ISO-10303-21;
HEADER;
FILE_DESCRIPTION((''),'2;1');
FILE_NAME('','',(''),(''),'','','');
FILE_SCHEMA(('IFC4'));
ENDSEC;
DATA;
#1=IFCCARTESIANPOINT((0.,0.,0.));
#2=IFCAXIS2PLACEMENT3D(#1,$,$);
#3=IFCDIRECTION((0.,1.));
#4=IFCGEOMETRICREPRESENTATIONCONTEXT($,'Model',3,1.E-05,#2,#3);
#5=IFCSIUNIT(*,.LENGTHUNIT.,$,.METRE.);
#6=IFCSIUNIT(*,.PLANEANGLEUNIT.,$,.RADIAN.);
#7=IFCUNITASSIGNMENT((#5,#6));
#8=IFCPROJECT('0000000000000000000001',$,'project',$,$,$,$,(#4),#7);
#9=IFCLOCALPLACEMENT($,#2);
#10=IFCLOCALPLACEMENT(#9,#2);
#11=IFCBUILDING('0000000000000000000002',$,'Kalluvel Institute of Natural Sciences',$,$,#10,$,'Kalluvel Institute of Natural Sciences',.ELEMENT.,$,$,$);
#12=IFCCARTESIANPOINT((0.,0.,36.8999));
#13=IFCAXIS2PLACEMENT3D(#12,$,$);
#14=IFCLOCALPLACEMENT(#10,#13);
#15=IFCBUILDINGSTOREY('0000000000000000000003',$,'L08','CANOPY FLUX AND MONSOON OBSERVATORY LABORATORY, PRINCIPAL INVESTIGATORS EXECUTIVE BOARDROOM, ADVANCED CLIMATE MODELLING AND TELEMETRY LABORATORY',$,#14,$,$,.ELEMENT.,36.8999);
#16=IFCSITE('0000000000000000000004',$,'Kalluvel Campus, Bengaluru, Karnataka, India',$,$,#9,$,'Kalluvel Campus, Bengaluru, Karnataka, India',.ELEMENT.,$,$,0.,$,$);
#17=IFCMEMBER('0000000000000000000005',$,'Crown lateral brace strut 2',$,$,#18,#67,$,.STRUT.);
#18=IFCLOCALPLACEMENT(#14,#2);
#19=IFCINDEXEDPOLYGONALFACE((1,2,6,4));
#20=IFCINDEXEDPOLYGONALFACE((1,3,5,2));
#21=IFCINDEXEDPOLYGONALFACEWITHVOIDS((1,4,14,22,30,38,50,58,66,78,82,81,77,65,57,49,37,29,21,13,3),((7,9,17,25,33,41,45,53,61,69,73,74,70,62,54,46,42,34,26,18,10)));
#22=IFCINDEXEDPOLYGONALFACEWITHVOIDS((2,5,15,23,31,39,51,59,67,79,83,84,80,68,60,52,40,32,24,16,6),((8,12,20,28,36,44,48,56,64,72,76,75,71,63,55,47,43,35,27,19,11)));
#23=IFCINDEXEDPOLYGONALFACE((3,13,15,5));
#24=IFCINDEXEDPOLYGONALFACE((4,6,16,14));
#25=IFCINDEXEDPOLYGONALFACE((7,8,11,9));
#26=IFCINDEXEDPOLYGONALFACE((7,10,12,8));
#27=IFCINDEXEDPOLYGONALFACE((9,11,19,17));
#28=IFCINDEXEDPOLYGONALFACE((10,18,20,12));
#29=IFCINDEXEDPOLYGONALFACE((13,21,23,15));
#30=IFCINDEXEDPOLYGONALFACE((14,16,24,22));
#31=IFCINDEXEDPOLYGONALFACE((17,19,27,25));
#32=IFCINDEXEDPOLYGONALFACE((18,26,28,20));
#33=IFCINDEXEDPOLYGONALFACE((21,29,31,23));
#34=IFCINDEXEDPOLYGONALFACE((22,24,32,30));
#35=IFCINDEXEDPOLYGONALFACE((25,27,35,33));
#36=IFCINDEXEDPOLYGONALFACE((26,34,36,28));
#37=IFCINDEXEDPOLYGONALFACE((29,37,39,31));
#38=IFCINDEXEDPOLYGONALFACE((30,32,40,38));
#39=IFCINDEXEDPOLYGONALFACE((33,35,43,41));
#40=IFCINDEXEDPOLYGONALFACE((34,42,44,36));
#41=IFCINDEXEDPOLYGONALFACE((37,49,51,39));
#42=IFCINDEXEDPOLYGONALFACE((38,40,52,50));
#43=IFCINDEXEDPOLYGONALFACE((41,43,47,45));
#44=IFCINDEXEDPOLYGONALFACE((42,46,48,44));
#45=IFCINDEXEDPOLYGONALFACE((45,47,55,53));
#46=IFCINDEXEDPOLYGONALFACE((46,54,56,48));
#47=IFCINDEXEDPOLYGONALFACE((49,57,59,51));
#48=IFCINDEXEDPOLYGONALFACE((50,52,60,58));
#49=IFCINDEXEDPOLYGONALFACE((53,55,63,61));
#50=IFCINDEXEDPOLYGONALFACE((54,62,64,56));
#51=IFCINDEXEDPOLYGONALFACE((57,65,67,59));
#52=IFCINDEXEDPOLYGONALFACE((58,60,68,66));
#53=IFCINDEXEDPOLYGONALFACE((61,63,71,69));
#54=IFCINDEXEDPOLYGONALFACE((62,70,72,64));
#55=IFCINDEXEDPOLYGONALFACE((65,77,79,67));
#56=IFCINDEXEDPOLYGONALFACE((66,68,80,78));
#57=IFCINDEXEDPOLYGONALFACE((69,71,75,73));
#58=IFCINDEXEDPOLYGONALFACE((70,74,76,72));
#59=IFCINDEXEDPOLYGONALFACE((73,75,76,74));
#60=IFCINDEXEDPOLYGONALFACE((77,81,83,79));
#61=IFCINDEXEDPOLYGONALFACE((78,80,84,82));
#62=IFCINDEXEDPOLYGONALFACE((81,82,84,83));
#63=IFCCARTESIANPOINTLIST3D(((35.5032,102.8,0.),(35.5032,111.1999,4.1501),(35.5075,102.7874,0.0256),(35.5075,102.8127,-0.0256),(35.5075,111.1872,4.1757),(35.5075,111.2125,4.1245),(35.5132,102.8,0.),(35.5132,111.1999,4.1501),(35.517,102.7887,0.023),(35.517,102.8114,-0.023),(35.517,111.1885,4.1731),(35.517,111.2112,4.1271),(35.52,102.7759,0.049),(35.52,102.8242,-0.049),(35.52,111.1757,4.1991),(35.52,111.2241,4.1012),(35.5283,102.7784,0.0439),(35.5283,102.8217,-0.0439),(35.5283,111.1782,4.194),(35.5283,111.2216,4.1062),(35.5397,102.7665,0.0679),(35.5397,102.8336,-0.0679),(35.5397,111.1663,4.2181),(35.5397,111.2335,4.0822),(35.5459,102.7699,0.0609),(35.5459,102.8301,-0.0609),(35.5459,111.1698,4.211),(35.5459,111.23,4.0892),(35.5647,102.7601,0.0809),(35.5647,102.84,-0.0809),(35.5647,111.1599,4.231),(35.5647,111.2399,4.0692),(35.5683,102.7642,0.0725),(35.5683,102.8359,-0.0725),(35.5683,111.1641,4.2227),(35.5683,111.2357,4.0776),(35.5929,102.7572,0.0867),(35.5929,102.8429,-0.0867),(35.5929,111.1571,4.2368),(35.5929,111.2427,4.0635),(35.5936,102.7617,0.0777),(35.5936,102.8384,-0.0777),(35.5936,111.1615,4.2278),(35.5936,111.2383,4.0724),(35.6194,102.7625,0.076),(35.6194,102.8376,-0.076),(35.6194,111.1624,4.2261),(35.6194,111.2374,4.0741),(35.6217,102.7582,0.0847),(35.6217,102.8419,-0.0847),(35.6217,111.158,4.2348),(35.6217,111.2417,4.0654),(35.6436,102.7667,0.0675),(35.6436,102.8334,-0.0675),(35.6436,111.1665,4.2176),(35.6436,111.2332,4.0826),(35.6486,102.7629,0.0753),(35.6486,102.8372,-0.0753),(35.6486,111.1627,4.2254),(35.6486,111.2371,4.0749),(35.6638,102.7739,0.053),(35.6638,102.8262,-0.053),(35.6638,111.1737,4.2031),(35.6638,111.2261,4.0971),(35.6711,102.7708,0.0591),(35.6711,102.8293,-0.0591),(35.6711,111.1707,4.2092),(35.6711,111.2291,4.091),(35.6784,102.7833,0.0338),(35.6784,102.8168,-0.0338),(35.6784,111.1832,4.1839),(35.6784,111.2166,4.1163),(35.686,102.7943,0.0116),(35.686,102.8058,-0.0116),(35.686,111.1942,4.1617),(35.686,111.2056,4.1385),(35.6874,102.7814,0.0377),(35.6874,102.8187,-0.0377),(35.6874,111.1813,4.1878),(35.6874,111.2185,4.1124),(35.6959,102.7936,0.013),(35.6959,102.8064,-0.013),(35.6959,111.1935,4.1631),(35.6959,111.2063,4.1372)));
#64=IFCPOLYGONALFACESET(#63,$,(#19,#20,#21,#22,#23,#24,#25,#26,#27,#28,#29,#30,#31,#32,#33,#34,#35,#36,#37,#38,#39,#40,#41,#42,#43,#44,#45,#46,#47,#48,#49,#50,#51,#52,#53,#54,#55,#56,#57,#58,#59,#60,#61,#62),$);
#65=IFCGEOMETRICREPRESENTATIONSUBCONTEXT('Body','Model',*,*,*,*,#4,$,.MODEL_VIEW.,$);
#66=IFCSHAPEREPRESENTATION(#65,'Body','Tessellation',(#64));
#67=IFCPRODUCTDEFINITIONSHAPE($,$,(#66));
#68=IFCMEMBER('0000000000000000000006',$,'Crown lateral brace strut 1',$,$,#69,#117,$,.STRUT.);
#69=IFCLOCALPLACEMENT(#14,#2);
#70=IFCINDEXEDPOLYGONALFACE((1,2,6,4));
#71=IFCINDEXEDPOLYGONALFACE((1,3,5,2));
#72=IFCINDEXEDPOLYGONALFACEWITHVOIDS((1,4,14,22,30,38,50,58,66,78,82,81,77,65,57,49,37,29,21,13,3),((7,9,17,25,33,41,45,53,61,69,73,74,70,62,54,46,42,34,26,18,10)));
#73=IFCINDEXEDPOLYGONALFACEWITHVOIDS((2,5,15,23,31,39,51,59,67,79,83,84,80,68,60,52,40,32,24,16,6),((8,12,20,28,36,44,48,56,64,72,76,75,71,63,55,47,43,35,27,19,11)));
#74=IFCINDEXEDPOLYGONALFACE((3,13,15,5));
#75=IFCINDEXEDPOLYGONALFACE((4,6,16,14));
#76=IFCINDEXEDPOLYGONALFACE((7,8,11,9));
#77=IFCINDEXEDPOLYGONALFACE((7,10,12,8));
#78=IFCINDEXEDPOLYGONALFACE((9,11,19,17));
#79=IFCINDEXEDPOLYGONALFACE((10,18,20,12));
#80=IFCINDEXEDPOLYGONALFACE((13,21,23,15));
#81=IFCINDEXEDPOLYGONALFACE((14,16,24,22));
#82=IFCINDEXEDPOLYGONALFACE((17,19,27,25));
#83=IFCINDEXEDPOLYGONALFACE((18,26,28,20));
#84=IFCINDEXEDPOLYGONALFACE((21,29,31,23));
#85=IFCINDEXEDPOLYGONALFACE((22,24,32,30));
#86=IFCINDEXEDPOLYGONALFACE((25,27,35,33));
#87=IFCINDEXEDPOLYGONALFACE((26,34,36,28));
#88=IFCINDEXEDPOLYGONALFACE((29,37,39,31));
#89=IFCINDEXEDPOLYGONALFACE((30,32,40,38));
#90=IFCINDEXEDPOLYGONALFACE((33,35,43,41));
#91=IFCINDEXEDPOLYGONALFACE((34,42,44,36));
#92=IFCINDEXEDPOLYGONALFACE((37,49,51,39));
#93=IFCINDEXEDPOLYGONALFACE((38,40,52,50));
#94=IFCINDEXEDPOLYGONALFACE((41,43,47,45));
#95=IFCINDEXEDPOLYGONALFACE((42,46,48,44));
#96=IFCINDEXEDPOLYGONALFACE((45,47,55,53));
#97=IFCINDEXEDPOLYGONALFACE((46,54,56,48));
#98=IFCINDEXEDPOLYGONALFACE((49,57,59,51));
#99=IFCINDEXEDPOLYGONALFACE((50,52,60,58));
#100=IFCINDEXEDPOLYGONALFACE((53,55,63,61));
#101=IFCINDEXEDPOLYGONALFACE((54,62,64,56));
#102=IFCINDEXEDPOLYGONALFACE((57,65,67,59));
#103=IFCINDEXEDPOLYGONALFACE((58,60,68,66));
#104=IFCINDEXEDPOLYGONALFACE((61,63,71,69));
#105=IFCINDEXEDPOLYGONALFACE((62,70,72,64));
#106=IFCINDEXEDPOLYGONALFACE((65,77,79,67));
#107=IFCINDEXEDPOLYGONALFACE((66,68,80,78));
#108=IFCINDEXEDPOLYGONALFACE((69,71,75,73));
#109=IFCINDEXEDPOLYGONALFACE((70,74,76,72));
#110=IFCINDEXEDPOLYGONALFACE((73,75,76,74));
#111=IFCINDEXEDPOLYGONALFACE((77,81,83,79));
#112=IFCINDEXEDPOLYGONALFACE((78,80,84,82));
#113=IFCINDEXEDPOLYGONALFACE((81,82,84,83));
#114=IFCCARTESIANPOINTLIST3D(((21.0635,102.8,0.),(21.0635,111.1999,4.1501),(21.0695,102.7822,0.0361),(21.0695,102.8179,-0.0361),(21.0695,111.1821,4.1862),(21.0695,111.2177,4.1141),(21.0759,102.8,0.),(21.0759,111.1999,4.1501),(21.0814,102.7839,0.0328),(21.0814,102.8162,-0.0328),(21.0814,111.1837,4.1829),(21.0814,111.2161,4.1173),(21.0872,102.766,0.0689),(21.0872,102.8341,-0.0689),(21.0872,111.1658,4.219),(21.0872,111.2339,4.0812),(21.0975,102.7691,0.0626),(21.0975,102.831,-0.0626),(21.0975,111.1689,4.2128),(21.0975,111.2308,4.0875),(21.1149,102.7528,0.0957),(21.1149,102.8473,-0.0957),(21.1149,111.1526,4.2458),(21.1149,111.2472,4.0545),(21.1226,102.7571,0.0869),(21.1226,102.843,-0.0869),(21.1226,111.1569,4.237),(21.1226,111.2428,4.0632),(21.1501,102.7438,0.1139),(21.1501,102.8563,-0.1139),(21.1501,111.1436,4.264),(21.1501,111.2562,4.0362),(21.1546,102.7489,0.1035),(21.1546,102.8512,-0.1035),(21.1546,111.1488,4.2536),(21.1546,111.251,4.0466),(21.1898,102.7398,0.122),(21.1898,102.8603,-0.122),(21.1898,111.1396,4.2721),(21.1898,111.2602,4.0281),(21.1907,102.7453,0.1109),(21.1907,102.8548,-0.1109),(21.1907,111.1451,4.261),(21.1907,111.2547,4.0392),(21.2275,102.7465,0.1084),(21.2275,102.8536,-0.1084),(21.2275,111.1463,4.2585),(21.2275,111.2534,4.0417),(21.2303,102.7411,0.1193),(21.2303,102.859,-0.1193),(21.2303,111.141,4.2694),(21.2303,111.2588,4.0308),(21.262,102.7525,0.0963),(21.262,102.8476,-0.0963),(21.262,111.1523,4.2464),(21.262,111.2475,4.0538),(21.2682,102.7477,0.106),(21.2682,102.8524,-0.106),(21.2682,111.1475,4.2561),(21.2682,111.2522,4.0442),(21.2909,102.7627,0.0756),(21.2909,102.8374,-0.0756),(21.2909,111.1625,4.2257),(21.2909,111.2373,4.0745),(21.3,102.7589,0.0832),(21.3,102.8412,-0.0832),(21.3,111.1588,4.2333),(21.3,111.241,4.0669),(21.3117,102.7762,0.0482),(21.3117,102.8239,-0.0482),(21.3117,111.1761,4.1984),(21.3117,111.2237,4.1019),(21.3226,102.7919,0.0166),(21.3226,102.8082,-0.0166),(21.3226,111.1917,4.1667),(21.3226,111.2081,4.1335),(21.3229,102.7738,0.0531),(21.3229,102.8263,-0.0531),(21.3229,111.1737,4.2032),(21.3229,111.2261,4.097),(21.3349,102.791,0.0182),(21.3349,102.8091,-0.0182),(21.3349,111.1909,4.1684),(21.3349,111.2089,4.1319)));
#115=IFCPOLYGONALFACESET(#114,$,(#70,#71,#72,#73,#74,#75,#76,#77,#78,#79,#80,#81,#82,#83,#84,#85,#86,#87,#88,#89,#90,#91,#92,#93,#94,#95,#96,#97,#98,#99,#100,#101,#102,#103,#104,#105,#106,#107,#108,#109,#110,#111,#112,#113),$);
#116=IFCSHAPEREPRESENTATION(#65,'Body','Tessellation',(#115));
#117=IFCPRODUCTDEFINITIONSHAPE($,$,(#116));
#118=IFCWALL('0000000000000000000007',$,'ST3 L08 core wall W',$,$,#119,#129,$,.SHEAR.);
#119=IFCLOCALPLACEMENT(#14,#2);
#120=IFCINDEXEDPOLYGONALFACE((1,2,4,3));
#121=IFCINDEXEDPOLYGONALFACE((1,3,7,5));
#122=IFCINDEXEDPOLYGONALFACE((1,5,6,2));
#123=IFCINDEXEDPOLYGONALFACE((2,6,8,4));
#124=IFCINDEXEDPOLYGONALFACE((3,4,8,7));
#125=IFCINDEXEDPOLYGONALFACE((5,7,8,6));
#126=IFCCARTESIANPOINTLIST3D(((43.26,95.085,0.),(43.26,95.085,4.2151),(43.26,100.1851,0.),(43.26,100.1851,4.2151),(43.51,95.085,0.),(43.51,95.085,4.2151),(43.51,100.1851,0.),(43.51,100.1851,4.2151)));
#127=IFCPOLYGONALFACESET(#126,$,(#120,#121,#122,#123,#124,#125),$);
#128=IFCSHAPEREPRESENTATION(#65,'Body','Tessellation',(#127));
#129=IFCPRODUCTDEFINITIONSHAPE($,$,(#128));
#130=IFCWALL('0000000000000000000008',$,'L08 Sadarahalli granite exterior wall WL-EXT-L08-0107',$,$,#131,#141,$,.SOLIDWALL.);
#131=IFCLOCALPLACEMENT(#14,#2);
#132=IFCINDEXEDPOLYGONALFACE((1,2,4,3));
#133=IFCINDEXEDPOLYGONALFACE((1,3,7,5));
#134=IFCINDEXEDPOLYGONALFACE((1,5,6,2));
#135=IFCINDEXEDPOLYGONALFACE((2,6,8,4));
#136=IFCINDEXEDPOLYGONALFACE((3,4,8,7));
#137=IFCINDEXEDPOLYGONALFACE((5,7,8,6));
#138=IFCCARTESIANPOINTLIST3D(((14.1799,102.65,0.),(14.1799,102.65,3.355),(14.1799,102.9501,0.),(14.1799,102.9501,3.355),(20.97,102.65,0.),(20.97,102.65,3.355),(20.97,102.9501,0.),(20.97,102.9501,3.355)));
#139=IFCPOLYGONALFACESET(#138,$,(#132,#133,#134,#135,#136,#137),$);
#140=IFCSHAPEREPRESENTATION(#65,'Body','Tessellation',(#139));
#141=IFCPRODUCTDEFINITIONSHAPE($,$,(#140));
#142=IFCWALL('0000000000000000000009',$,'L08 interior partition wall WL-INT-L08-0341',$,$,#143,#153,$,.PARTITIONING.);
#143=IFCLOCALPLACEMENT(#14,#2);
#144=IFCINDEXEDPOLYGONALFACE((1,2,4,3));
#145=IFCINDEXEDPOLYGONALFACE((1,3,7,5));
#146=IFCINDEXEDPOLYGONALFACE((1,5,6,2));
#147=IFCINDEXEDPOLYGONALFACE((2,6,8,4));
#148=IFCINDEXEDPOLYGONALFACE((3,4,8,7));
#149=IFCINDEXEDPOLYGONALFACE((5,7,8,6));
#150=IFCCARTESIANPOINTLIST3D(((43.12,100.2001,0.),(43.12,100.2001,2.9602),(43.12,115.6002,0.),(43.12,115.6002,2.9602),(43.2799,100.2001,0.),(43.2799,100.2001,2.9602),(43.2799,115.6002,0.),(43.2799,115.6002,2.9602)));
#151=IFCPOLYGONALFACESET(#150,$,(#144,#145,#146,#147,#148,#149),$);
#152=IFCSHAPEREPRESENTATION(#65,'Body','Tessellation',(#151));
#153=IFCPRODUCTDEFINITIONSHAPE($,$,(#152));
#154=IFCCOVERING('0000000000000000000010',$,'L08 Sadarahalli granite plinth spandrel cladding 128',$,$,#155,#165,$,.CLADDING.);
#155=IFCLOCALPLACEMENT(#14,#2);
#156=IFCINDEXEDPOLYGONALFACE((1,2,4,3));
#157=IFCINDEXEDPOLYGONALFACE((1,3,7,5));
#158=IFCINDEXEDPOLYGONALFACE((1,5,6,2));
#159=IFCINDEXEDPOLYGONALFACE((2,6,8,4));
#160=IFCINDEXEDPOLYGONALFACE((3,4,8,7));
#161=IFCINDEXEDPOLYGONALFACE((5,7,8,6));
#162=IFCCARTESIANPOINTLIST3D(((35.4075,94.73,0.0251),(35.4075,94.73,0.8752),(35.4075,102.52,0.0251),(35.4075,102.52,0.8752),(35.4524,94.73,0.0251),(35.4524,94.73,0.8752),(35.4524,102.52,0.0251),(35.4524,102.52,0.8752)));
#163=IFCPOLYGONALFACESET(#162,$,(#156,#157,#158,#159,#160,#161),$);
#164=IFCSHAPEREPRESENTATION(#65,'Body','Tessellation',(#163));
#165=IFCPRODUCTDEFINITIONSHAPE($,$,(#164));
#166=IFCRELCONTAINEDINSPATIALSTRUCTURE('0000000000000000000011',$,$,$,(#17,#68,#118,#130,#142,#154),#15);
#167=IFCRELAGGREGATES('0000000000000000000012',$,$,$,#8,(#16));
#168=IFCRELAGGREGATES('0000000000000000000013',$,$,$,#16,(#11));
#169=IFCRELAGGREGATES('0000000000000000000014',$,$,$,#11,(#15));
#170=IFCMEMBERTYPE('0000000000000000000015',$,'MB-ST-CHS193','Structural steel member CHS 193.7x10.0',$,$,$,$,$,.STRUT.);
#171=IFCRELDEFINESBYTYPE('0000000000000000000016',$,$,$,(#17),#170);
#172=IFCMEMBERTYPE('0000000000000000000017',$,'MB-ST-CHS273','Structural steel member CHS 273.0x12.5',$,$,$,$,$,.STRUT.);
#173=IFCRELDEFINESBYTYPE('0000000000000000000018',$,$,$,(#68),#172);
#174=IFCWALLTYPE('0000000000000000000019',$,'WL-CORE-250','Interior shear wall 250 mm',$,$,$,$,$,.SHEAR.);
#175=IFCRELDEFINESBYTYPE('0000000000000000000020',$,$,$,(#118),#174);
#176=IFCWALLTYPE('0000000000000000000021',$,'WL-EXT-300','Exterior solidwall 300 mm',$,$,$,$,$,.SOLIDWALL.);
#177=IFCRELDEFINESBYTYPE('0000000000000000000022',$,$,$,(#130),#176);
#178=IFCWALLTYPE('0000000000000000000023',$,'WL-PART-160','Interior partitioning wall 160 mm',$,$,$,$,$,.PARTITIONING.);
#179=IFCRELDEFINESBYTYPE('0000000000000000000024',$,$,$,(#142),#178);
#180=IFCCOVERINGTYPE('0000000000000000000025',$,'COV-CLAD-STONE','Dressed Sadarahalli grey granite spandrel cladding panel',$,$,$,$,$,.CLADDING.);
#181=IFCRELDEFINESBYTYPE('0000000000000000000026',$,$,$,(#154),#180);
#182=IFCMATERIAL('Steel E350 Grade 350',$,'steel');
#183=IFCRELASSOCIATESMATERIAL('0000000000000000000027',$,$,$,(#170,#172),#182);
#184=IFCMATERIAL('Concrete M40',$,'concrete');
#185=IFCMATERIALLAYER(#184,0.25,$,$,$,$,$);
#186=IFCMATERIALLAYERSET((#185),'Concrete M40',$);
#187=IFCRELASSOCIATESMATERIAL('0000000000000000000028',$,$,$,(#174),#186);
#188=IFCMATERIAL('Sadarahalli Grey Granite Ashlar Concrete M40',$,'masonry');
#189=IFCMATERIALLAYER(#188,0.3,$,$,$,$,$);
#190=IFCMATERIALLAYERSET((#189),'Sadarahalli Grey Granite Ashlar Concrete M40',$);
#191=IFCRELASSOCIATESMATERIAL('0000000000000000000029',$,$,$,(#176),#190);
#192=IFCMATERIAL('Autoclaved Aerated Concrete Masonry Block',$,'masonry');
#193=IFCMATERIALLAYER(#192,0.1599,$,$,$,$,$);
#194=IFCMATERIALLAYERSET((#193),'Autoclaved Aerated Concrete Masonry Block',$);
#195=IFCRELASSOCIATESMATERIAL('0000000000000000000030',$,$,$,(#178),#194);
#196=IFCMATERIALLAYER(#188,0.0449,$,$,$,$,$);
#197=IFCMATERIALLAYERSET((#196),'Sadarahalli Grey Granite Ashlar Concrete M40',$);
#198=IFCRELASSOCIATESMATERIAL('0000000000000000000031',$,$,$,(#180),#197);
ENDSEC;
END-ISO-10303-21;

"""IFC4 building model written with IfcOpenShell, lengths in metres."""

from ifc_helpers import new_model, si_unit, direction, frame, frame_2d, origin, origin_2d, place, context, subcontext, project, spatial, rectangle, hollow_circle, extrude, material, layer, layer_set, material_profile, profile_set, type_object, element, save


model = new_model("IFC4")

# Units and contexts
model_context = context("Model", 3, precision=1e-05, world=origin(), true_north=direction((0.0, 1.0)))
body_context = subcontext(model_context, "Body", "Model", "MODEL_VIEW")
ifc_project = project(units=[si_unit("LENGTHUNIT", "METRE"), si_unit("PLANEANGLEUNIT", "RADIAN")], contexts=[model_context])

# Site, building, storey
site_placement = place(None, origin())
site = spatial("IfcSite", under=ifc_project, at=site_placement, Name="Kalluvel Campus, Bengaluru, Karnataka, India", LongName="Kalluvel Campus, Bengaluru, Karnataka, India", CompositionType="ELEMENT", RefElevation=0.0)
building_placement = place(site_placement, origin())
building = spatial("IfcBuilding", under=site, at=building_placement, Name="Kalluvel Institute of Natural Sciences", LongName="Kalluvel Institute of Natural Sciences", CompositionType="ELEMENT")
storey_placement = place(building_placement, frame((0.0, 0.0, 36.8999)))
storey = spatial("IfcBuildingStorey", under=building, at=storey_placement, Name="L08", Description="CANOPY FLUX AND MONSOON OBSERVATORY LABORATORY, PRINCIPAL INVESTIGATORS EXECUTIVE BOARDROOM, ADVANCED CLIMATE MODELLING AND TELEMETRY LABORATORY", CompositionType="ELEMENT", Elevation=36.8999)

# Shared definitions
ifc_material_1 = material(Name="Concrete M40", Category="concrete")

# Members
ifc_material_2 = material(Name="Steel E350 Grade 350", Category="steel")
ifc_material_profile_1 = material_profile(ifc_material_2, hollow_circle(Radius=0.0969, WallThickness=0.01, at=origin_2d()), Name="CHS 193.7x10.0")
ifc_profile_set_1 = profile_set([ifc_material_profile_1], Name="Steel E350 Grade 350")
member_type_1 = type_object("IfcMemberType", Name="MB-ST-CHS193", Description="Structural steel member CHS 193.7x10.0", PredefinedType="STRUT", material=ifc_profile_set_1)
member_1_placement = place(storey_placement, frame((35.6001, 102.8, 0.0), z_axis=(0.0, 0.896543, 0.442956), x_axis=(-1.0, 0.0, 0.0)))
element("IfcMember", 1, at=member_1_placement, inside=storey, type_object=member_type_1, Name="Crown lateral brace strut 2", PredefinedType="STRUT", context=body_context, shape_type="SweptSolid", body=[
    extrude(hollow_circle(Radius=0.0969, WallThickness=0.01, at=origin_2d()), origin(), (0.0, 0.0, 1.0), 9.3691),
])
ifc_material_profile_2 = material_profile(ifc_material_2, hollow_circle(Radius=0.1365, WallThickness=0.0125, at=origin_2d()), Name="CHS 273.0x12.5")
ifc_profile_set_2 = profile_set([ifc_material_profile_2], Name="Steel E350 Grade 350")
member_type_2 = type_object("IfcMemberType", Name="MB-ST-CHS273", Description="Structural steel member CHS 273.0x12.5", PredefinedType="STRUT", material=ifc_profile_set_2)
member_2_placement = place(storey_placement, frame((21.2, 102.8, 0.0), z_axis=(0.0, 0.896543, 0.442956), x_axis=(-1.0, 0.0, 0.0)))
element("IfcMember", 2, at=member_2_placement, inside=storey, type_object=member_type_2, Name="Crown lateral brace strut 1", PredefinedType="STRUT", context=body_context, shape_type="SweptSolid", body=[
    extrude(hollow_circle(Radius=0.1365, WallThickness=0.0125, at=origin_2d()), origin(), (0.0, 0.0, 1.0), 9.3691),
])

# Walls
ifc_layer_1 = layer(ifc_material_1, 0.25)
ifc_layer_set_1 = layer_set([ifc_layer_1], Name="Concrete M40")
wall_type_1 = type_object("IfcWallType", Name="WL-CORE-250", Description="Interior shear wall 250 mm", PredefinedType="SHEAR", material=ifc_layer_set_1)
wall_1_placement = place(storey_placement, frame((43.385, 100.1851, 0.0), z_axis=(0.0, 0.0, 1.0), x_axis=(0.0, -1.0, 0.0)))
element("IfcWall", 3, at=wall_1_placement, inside=storey, type_object=wall_type_1, Name="ST3 L08 core wall W", PredefinedType="SHEAR", context=body_context, shape_type="SweptSolid", body=[
    extrude(rectangle(XDim=5.1001, YDim=0.25, at=frame_2d((2.55, 0.0))), origin(), (0.0, 0.0, 1.0), 4.2151),
])
ifc_material_3 = material(Name="Sadarahalli Grey Granite Ashlar Concrete M40", Category="masonry")
ifc_layer_2 = layer(ifc_material_3, 0.3)
ifc_layer_set_2 = layer_set([ifc_layer_2], Name="Sadarahalli Grey Granite Ashlar Concrete M40")
wall_type_2 = type_object("IfcWallType", Name="WL-EXT-300", Description="Exterior solidwall 300 mm", PredefinedType="SOLIDWALL", material=ifc_layer_set_2)
wall_2_placement = place(storey_placement, frame((14.1799, 102.8, 0.0), z_axis=(0.0, 0.0, 1.0), x_axis=(1.0, 0.0, 0.0)))
element("IfcWall", 4, at=wall_2_placement, inside=storey, type_object=wall_type_2, Name="L08 Sadarahalli granite exterior wall WL-EXT-L08-0107", PredefinedType="SOLIDWALL", context=body_context, shape_type="SweptSolid", body=[
    extrude(rectangle(XDim=6.79, YDim=0.3, at=frame_2d((3.395, 0.0))), origin(), (0.0, 0.0, 1.0), 3.355),
])
ifc_material_4 = material(Name="Autoclaved Aerated Concrete Masonry Block", Category="masonry")
ifc_layer_3 = layer(ifc_material_4, 0.1599)
ifc_layer_set_3 = layer_set([ifc_layer_3], Name="Autoclaved Aerated Concrete Masonry Block")
wall_type_3 = type_object("IfcWallType", Name="WL-PART-160", Description="Interior partitioning wall 160 mm", PredefinedType="PARTITIONING", material=ifc_layer_set_3)
wall_3_placement = place(storey_placement, frame((43.2, 100.2, 0.0), z_axis=(0.0, 0.0, 1.0), x_axis=(0.0, 1.0, 0.0)))
element("IfcWall", 5, at=wall_3_placement, inside=storey, type_object=wall_type_3, Name="L08 interior partition wall WL-INT-L08-0341", PredefinedType="PARTITIONING", context=body_context, shape_type="SweptSolid", body=[
    extrude(rectangle(XDim=15.4001, YDim=0.1599, at=frame_2d((7.7002, 0.0))), origin(), (0.0, 0.0, 1.0), 2.9602),
])

# Covering
ifc_layer_4 = layer(ifc_material_3, 0.0449)
ifc_layer_set_4 = layer_set([ifc_layer_4], Name="Sadarahalli Grey Granite Ashlar Concrete M40")
covering_type = type_object("IfcCoveringType", Name="COV-CLAD-STONE", Description="Dressed Sadarahalli grey granite spandrel cladding panel", PredefinedType="CLADDING", material=ifc_layer_set_4)
covering_placement = place(storey_placement, frame((35.4299, 98.625, 0.0251), z_axis=(0.0, 0.0, 1.0), x_axis=(0.0, 1.0, 0.0)))
element("IfcCovering", 6, at=covering_placement, inside=storey, type_object=covering_type, Name="L08 Sadarahalli granite plinth spandrel cladding 128", PredefinedType="CLADDING", context=body_context, shape_type="SweptSolid", body=[
    extrude(rectangle(XDim=7.79, YDim=0.0449, at=origin_2d()), origin(), (0.0, 0.0, 1.0), 0.8501),
])

save(model, "model.ifc")
